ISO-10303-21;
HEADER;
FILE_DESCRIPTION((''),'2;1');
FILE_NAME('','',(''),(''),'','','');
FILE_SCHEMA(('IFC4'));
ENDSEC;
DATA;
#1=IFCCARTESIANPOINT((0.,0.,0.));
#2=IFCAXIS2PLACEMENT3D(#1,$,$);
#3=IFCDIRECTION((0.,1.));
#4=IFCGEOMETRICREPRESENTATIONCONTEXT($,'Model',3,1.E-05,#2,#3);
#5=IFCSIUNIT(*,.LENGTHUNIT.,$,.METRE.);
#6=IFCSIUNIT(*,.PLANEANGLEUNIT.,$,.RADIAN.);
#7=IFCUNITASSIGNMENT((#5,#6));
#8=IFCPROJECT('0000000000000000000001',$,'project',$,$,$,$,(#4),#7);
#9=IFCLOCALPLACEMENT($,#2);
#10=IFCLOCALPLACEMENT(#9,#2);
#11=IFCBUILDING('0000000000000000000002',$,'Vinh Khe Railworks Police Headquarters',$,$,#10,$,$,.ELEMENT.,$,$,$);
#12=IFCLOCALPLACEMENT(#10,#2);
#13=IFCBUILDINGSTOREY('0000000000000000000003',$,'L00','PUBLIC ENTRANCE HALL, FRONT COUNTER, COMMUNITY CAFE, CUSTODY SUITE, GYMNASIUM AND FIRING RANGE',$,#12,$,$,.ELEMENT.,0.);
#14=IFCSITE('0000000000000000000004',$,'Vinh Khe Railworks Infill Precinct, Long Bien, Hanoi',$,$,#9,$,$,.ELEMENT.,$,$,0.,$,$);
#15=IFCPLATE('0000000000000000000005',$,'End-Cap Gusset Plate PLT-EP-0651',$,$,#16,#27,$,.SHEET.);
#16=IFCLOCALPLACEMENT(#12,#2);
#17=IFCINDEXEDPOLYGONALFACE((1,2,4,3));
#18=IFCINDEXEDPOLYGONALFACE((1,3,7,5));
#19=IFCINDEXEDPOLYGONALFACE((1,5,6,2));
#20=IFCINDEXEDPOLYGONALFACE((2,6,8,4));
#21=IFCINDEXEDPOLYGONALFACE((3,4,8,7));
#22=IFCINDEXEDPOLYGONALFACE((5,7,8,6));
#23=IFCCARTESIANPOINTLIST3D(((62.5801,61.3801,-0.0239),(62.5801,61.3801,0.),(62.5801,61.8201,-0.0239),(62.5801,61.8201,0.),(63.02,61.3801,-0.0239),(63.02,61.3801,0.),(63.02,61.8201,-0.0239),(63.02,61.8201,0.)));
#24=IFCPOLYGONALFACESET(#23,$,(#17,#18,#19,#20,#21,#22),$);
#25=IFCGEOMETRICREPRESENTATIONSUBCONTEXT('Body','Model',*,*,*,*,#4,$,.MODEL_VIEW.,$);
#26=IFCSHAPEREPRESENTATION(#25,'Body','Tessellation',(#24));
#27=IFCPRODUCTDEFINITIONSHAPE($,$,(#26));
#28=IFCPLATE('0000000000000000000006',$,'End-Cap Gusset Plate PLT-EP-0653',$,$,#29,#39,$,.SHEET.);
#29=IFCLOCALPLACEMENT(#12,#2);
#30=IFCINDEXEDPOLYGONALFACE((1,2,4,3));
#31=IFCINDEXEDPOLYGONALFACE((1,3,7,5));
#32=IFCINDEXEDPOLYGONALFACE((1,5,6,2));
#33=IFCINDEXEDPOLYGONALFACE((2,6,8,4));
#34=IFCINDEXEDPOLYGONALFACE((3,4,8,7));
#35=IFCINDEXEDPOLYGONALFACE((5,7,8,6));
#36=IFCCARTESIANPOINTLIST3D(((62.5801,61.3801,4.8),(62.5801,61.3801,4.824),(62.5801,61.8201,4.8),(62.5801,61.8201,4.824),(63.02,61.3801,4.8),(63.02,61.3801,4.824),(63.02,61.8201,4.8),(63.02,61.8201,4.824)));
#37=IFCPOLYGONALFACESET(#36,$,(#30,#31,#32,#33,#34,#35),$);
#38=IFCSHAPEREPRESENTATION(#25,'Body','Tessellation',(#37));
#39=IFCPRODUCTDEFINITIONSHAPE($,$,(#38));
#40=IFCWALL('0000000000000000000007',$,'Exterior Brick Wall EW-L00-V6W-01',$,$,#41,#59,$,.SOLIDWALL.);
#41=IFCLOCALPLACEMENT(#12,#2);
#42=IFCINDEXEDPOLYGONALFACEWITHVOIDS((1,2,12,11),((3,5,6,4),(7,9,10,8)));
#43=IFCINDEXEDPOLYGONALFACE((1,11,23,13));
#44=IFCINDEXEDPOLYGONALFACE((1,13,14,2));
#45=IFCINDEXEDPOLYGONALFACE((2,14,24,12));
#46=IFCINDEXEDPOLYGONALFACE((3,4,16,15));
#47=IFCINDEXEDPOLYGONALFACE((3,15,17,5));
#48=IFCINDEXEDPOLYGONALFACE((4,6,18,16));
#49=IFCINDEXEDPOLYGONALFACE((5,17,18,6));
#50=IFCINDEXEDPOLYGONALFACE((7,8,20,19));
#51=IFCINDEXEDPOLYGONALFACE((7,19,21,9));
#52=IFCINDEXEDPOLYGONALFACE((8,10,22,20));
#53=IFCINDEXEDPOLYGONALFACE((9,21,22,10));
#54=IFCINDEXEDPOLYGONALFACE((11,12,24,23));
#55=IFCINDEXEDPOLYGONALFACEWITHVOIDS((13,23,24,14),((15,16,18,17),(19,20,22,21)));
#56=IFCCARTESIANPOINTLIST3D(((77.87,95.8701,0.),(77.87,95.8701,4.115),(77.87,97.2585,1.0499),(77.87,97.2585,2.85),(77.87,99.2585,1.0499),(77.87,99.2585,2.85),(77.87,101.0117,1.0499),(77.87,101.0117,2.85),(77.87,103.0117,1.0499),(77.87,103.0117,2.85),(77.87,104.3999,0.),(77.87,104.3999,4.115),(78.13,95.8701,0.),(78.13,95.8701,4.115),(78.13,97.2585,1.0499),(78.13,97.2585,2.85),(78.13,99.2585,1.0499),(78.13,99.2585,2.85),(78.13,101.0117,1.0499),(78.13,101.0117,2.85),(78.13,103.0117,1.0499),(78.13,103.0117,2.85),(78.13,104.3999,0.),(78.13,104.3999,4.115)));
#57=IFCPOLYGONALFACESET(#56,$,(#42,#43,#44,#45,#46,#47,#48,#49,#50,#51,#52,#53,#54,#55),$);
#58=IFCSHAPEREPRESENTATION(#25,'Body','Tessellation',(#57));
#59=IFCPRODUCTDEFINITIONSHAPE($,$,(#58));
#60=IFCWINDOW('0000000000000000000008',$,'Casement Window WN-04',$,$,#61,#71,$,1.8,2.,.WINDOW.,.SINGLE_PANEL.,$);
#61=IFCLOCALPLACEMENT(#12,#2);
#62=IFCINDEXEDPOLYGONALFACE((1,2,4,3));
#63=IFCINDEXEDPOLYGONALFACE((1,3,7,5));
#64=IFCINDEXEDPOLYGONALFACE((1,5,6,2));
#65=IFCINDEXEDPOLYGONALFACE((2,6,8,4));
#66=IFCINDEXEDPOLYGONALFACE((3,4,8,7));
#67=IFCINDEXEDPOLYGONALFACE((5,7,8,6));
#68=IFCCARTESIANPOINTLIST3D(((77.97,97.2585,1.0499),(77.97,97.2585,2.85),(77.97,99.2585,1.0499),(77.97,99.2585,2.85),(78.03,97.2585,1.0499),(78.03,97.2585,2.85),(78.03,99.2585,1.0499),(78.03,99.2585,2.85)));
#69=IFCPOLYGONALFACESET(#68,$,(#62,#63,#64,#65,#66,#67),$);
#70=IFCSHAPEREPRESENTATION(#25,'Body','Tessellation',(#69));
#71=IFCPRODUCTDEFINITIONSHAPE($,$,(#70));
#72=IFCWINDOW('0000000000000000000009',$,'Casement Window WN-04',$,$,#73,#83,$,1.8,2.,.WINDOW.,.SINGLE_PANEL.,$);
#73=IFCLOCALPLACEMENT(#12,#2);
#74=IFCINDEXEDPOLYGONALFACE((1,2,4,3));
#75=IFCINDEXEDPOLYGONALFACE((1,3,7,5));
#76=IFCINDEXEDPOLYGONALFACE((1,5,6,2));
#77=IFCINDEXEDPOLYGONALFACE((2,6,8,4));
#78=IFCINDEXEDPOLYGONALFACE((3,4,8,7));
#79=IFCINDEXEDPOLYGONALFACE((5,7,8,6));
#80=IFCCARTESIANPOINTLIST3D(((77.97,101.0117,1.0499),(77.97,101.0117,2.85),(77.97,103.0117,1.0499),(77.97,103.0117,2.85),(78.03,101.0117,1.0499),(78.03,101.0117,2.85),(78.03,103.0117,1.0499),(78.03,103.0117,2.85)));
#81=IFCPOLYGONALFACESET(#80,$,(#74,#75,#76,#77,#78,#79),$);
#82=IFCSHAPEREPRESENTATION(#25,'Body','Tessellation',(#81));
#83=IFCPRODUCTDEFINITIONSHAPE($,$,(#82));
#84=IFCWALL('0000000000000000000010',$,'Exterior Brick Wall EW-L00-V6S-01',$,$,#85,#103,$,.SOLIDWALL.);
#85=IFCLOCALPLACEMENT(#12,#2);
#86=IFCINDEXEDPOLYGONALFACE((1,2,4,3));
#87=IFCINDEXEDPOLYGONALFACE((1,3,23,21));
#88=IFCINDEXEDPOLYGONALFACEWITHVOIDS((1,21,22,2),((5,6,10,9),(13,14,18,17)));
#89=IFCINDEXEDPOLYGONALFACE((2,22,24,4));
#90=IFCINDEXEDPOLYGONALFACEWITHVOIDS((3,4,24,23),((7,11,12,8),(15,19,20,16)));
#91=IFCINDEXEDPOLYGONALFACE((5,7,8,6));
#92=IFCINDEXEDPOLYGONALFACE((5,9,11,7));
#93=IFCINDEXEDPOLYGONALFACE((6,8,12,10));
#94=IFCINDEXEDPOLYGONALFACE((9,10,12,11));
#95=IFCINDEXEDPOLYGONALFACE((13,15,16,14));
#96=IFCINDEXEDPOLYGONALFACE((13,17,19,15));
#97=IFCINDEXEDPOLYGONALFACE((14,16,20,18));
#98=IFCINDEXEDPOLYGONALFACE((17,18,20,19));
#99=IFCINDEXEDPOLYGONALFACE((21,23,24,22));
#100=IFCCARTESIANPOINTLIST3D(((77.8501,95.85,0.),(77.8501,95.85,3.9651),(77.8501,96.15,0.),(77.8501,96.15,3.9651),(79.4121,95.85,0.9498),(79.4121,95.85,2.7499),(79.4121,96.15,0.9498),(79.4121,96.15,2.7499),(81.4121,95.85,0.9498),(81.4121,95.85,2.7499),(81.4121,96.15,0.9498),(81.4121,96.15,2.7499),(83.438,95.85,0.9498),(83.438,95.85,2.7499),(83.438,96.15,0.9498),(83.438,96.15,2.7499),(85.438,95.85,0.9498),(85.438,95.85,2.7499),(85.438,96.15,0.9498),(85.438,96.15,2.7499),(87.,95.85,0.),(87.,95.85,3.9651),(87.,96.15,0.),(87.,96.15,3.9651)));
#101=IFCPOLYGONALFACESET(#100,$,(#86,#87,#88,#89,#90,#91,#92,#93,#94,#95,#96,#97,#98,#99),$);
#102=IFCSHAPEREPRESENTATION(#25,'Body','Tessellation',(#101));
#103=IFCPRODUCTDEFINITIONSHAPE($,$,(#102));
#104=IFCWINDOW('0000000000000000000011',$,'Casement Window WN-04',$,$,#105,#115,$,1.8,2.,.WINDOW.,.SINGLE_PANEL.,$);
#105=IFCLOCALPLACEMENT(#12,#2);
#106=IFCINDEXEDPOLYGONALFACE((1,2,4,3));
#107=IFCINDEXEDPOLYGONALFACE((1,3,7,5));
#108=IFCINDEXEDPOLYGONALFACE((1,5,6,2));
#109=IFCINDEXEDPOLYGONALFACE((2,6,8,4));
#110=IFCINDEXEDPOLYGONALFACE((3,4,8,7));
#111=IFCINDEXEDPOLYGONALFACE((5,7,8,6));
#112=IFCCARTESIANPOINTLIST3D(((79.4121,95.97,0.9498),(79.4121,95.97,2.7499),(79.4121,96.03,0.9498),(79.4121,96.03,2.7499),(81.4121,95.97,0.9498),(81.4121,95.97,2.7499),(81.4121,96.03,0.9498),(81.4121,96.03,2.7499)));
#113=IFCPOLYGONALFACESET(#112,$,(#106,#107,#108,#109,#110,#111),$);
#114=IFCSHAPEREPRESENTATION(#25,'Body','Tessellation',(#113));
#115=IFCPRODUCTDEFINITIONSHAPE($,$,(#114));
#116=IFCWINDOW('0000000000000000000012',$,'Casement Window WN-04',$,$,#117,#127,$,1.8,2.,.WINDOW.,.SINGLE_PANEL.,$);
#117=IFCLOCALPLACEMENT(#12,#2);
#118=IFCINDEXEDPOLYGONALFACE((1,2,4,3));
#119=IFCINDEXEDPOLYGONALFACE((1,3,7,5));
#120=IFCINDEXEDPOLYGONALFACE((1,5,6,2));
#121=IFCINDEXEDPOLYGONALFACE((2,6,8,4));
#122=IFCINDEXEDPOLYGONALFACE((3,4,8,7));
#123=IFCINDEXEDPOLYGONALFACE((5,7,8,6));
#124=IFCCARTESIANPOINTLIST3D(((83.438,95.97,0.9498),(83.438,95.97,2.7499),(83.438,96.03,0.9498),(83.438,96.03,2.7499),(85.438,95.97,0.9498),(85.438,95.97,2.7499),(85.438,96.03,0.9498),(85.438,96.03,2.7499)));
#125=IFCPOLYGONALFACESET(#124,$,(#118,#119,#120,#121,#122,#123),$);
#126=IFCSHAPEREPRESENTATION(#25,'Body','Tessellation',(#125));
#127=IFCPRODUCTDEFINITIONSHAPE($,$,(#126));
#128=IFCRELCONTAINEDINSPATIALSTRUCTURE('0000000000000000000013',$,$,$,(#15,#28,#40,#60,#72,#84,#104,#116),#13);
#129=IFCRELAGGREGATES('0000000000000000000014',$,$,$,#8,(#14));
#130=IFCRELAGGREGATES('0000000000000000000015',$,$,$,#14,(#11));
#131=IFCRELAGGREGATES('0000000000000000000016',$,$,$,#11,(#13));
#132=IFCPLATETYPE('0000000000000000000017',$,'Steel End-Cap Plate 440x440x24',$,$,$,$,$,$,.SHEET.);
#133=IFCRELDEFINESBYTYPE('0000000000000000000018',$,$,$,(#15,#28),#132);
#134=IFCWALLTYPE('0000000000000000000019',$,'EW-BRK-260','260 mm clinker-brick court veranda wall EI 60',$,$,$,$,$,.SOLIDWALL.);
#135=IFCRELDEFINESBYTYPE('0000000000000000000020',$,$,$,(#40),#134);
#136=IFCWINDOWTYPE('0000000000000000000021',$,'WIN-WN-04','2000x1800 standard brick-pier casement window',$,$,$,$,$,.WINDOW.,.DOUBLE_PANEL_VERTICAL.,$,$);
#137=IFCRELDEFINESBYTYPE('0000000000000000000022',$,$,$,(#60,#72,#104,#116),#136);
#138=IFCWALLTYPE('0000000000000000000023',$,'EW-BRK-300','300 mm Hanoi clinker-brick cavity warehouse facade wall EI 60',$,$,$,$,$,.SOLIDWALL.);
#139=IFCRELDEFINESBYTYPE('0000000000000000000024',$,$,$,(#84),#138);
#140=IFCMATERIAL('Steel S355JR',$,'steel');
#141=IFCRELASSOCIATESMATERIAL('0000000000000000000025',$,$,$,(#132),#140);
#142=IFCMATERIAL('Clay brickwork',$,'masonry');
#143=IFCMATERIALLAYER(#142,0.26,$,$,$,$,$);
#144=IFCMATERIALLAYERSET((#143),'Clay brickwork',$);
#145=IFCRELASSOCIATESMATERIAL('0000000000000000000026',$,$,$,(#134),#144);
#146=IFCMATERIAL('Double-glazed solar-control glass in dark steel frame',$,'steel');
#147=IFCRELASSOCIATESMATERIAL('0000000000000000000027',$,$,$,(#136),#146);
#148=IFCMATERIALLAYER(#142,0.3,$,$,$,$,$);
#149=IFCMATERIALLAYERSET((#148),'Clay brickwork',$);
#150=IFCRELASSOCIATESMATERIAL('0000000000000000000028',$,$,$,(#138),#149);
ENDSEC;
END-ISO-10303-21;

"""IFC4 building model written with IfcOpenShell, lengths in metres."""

from ifc_helpers import new_model, si_unit, direction, frame, frame_2d, origin, origin_2d, place, context, subcontext, project, spatial, rectangle, extrude, material, layer, layer_set, material_profile, profile_set, type_object, element, fill, save


model = new_model("IFC4")

# Units and contexts
model_context = context("Model", 3, precision=1e-05, world=origin(), true_north=direction((0.0, 1.0)))
body_context = subcontext(model_context, "Body", "Model", "MODEL_VIEW")
ifc_project = project(units=[si_unit("LENGTHUNIT", "METRE"), si_unit("PLANEANGLEUNIT", "RADIAN")], contexts=[model_context])

# Site, building, storey
site_placement = place(None, origin())
site = spatial("IfcSite", under=ifc_project, at=site_placement, Name="Vinh Khe Railworks Infill Precinct, Long Bien, Hanoi", CompositionType="ELEMENT", RefElevation=0.0)
building_placement = place(site_placement, origin())
building = spatial("IfcBuilding", under=site, at=building_placement, Name="Vinh Khe Railworks Police Headquarters", CompositionType="ELEMENT")
storey_placement = place(building_placement, origin())
storey = spatial("IfcBuildingStorey", under=building, at=storey_placement, Name="L00", Description="PUBLIC ENTRANCE HALL, FRONT COUNTER, COMMUNITY CAFE, CUSTODY SUITE, GYMNASIUM AND FIRING RANGE", CompositionType="ELEMENT", Elevation=0.0)

# Shared definitions
ifc_material_1 = material(Name="Steel S355JR", Category="steel")

# Plates
ifc_material_profile_1 = material_profile(ifc_material_1, rectangle(XDim=0.4399, YDim=0.4399, at=origin_2d()), Name="PL 440x440")
ifc_profile_set_1 = profile_set([ifc_material_profile_1], Name="Steel S355JR")
plate_type_1 = type_object("IfcPlateType", Name="Steel End-Cap Plate 440x440x24", PredefinedType="SHEET", material=ifc_profile_set_1)
for number, where, z_axis, x_axis, name in (
    (1, (62.8, 61.6001, 0.0), (0.0, 0.0, -1.0), (1.0, 0.0, 0.0), "End-Cap Gusset Plate PLT-EP-0651"),
    (2, (62.8, 61.6001, 4.8), (0.0, 0.0, 1.0), (1.0, 0.0, 0.0), "End-Cap Gusset Plate PLT-EP-0653"),
):
    element("IfcPlate", number, at=place(storey_placement, frame(where, z_axis=z_axis, x_axis=x_axis)), inside=storey, type_object=plate_type_1, Name=name, PredefinedType="SHEET", context=body_context, shape_type="SweptSolid", body=[
        extrude(rectangle(XDim=0.4399, YDim=0.4399, at=origin_2d()), origin(), (0.0, 0.0, 1.0), 0.0239),
    ])

# Walls, openings, windows
ifc_material_2 = material(Name="Clay brickwork", Category="masonry")
ifc_layer_1 = layer(ifc_material_2, 0.26)
ifc_layer_set_1 = layer_set([ifc_layer_1], Name="Clay brickwork")
wall_type_1 = type_object("IfcWallType", Name="EW-BRK-260", Description="260 mm clinker-brick court veranda wall EI 60", PredefinedType="SOLIDWALL", material=ifc_layer_set_1)
wall_1_placement = place(storey_placement, frame((78.0, 95.8701, 0.0), z_axis=(0.0, 0.0, 1.0), x_axis=(0.0, 1.0, 0.0)))
wall_1 = element("IfcWall", 3, at=wall_1_placement, inside=storey, type_object=wall_type_1, Name="Exterior Brick Wall EW-L00-V6W-01", PredefinedType="SOLIDWALL", context=body_context, shape_type="SweptSolid", body=[
    extrude(rectangle(XDim=8.5298, YDim=0.26, at=frame_2d((4.2649, 0.0))), origin(), (0.0, 0.0, 1.0), 4.115),
])
opening_1_placement = place(wall_1_placement, frame((1.3884, 0.0, 1.05)))
opening_1 = element("IfcOpeningElement", 4, at=opening_1_placement, cuts=wall_1, PredefinedType="OPENING", context=body_context, shape_type="SweptSolid", body=[
    extrude(rectangle(XDim=2.0, YDim=1.8, at=frame_2d((1.0, 0.8999))), frame((0.0, 0.145, 0.0), z_axis=(0.0, -1.0, 0.0), x_axis=(1.0, 0.0, 0.0)), (0.0, 0.0, 1.0), 0.2898),
])
opening_2_placement = place(wall_1_placement, frame((5.1416, 0.0, 1.05)))
opening_2 = element("IfcOpeningElement", 5, at=opening_2_placement, cuts=wall_1, PredefinedType="OPENING", context=body_context, shape_type="SweptSolid", body=[
    extrude(rectangle(XDim=2.0, YDim=1.8, at=frame_2d((1.0, 0.8999))), frame((0.0, 0.145, 0.0), z_axis=(0.0, -1.0, 0.0), x_axis=(1.0, 0.0, 0.0)), (0.0, 0.0, 1.0), 0.2898),
])
ifc_material_3 = material(Name="Double-glazed solar-control glass in dark steel frame", Category="steel")
window_type = type_object("IfcWindowType", Name="WIN-WN-04", Description="2000x1800 standard brick-pier casement window", PartitioningType="DOUBLE_PANEL_VERTICAL", PredefinedType="WINDOW", material=ifc_material_3)
window_1_placement = place(opening_1_placement, origin())
window_1 = element("IfcWindow", 6, at=window_1_placement, inside=storey, type_object=window_type, Name="Casement Window WN-04", OverallHeight=1.8, OverallWidth=2.0, PartitioningType="SINGLE_PANEL", PredefinedType="WINDOW", context=body_context, shape_type="SweptSolid", body=[
    extrude(rectangle(XDim=2.0, YDim=1.8, at=frame_2d((1.0, 0.8999))), frame((0.0, 0.03, 0.0), z_axis=(0.0, -1.0, 0.0), x_axis=(1.0, 0.0, 0.0)), (0.0, 0.0, 1.0), 0.0601),
])
fill(opening_1, window_1)
window_2_placement = place(opening_2_placement, origin())
window_2 = element("IfcWindow", 7, at=window_2_placement, inside=storey, type_object=window_type, Name="Casement Window WN-04", OverallHeight=1.8, OverallWidth=2.0, PartitioningType="SINGLE_PANEL", PredefinedType="WINDOW", context=body_context, shape_type="SweptSolid", body=[
    extrude(rectangle(XDim=2.0, YDim=1.8, at=frame_2d((1.0, 0.8999))), frame((0.0, 0.03, 0.0), z_axis=(0.0, -1.0, 0.0), x_axis=(1.0, 0.0, 0.0)), (0.0, 0.0, 1.0), 0.0601),
])
fill(opening_2, window_2)
ifc_layer_2 = layer(ifc_material_2, 0.3)
ifc_layer_set_2 = layer_set([ifc_layer_2], Name="Clay brickwork")
wall_type_2 = type_object("IfcWallType", Name="EW-BRK-300", Description="300 mm Hanoi clinker-brick cavity warehouse facade wall EI 60", PredefinedType="SOLIDWALL", material=ifc_layer_set_2)
wall_2_placement = place(storey_placement, frame((77.8501, 96.0, 0.0), z_axis=(0.0, 0.0, 1.0), x_axis=(1.0, 0.0, 0.0)))
wall_2 = element("IfcWall", 8, at=wall_2_placement, inside=storey, type_object=wall_type_2, Name="Exterior Brick Wall EW-L00-V6S-01", PredefinedType="SOLIDWALL", context=body_context, shape_type="SweptSolid", body=[
    extrude(rectangle(XDim=9.1499, YDim=0.3, at=frame_2d((4.575, 0.0))), origin(), (0.0, 0.0, 1.0), 3.9651),
])
opening_3_placement = place(wall_2_placement, frame((1.562, 0.0, 0.95)))
opening_3 = element("IfcOpeningElement", 9, at=opening_3_placement, cuts=wall_2, PredefinedType="OPENING", context=body_context, shape_type="SweptSolid", body=[
    extrude(rectangle(XDim=2.0, YDim=1.8, at=frame_2d((1.0, 0.8999))), frame((0.0, 0.165, 0.0), z_axis=(0.0, -1.0, 0.0), x_axis=(1.0, 0.0, 0.0)), (0.0, 0.0, 1.0), 0.3298),
])
opening_4_placement = place(wall_2_placement, frame((5.5879, 0.0, 0.95)))
opening_4 = element("IfcOpeningElement", 10, at=opening_4_placement, cuts=wall_2, PredefinedType="OPENING", context=body_context, shape_type="SweptSolid", body=[
    extrude(rectangle(XDim=2.0, YDim=1.8, at=frame_2d((1.0, 0.8999))), frame((0.0, 0.165, 0.0), z_axis=(0.0, -1.0, 0.0), x_axis=(1.0, 0.0, 0.0)), (0.0, 0.0, 1.0), 0.3298),
])
window_3_placement = place(opening_3_placement, origin())
window_3 = element("IfcWindow", 11, at=window_3_placement, inside=storey, type_object=window_type, Name="Casement Window WN-04", OverallHeight=1.8, OverallWidth=2.0, PartitioningType="SINGLE_PANEL", PredefinedType="WINDOW", context=body_context, shape_type="SweptSolid", body=[
    extrude(rectangle(XDim=2.0, YDim=1.8, at=frame_2d((1.0, 0.8999))), frame((0.0, 0.03, 0.0), z_axis=(0.0, -1.0, 0.0), x_axis=(1.0, 0.0, 0.0)), (0.0, 0.0, 1.0), 0.0601),
])
fill(opening_3, window_3)
window_4_placement = place(opening_4_placement, origin())
window_4 = element("IfcWindow", 12, at=window_4_placement, inside=storey, type_object=window_type, Name="Casement Window WN-04", OverallHeight=1.8, OverallWidth=2.0, PartitioningType="SINGLE_PANEL", PredefinedType="WINDOW", context=body_context, shape_type="SweptSolid", body=[
    extrude(rectangle(XDim=2.0, YDim=1.8, at=frame_2d((1.0, 0.8999))), frame((0.0, 0.03, 0.0), z_axis=(0.0, -1.0, 0.0), x_axis=(1.0, 0.0, 0.0)), (0.0, 0.0, 1.0), 0.0601),
])
fill(opening_4, window_4)

save(model, "model.ifc")
